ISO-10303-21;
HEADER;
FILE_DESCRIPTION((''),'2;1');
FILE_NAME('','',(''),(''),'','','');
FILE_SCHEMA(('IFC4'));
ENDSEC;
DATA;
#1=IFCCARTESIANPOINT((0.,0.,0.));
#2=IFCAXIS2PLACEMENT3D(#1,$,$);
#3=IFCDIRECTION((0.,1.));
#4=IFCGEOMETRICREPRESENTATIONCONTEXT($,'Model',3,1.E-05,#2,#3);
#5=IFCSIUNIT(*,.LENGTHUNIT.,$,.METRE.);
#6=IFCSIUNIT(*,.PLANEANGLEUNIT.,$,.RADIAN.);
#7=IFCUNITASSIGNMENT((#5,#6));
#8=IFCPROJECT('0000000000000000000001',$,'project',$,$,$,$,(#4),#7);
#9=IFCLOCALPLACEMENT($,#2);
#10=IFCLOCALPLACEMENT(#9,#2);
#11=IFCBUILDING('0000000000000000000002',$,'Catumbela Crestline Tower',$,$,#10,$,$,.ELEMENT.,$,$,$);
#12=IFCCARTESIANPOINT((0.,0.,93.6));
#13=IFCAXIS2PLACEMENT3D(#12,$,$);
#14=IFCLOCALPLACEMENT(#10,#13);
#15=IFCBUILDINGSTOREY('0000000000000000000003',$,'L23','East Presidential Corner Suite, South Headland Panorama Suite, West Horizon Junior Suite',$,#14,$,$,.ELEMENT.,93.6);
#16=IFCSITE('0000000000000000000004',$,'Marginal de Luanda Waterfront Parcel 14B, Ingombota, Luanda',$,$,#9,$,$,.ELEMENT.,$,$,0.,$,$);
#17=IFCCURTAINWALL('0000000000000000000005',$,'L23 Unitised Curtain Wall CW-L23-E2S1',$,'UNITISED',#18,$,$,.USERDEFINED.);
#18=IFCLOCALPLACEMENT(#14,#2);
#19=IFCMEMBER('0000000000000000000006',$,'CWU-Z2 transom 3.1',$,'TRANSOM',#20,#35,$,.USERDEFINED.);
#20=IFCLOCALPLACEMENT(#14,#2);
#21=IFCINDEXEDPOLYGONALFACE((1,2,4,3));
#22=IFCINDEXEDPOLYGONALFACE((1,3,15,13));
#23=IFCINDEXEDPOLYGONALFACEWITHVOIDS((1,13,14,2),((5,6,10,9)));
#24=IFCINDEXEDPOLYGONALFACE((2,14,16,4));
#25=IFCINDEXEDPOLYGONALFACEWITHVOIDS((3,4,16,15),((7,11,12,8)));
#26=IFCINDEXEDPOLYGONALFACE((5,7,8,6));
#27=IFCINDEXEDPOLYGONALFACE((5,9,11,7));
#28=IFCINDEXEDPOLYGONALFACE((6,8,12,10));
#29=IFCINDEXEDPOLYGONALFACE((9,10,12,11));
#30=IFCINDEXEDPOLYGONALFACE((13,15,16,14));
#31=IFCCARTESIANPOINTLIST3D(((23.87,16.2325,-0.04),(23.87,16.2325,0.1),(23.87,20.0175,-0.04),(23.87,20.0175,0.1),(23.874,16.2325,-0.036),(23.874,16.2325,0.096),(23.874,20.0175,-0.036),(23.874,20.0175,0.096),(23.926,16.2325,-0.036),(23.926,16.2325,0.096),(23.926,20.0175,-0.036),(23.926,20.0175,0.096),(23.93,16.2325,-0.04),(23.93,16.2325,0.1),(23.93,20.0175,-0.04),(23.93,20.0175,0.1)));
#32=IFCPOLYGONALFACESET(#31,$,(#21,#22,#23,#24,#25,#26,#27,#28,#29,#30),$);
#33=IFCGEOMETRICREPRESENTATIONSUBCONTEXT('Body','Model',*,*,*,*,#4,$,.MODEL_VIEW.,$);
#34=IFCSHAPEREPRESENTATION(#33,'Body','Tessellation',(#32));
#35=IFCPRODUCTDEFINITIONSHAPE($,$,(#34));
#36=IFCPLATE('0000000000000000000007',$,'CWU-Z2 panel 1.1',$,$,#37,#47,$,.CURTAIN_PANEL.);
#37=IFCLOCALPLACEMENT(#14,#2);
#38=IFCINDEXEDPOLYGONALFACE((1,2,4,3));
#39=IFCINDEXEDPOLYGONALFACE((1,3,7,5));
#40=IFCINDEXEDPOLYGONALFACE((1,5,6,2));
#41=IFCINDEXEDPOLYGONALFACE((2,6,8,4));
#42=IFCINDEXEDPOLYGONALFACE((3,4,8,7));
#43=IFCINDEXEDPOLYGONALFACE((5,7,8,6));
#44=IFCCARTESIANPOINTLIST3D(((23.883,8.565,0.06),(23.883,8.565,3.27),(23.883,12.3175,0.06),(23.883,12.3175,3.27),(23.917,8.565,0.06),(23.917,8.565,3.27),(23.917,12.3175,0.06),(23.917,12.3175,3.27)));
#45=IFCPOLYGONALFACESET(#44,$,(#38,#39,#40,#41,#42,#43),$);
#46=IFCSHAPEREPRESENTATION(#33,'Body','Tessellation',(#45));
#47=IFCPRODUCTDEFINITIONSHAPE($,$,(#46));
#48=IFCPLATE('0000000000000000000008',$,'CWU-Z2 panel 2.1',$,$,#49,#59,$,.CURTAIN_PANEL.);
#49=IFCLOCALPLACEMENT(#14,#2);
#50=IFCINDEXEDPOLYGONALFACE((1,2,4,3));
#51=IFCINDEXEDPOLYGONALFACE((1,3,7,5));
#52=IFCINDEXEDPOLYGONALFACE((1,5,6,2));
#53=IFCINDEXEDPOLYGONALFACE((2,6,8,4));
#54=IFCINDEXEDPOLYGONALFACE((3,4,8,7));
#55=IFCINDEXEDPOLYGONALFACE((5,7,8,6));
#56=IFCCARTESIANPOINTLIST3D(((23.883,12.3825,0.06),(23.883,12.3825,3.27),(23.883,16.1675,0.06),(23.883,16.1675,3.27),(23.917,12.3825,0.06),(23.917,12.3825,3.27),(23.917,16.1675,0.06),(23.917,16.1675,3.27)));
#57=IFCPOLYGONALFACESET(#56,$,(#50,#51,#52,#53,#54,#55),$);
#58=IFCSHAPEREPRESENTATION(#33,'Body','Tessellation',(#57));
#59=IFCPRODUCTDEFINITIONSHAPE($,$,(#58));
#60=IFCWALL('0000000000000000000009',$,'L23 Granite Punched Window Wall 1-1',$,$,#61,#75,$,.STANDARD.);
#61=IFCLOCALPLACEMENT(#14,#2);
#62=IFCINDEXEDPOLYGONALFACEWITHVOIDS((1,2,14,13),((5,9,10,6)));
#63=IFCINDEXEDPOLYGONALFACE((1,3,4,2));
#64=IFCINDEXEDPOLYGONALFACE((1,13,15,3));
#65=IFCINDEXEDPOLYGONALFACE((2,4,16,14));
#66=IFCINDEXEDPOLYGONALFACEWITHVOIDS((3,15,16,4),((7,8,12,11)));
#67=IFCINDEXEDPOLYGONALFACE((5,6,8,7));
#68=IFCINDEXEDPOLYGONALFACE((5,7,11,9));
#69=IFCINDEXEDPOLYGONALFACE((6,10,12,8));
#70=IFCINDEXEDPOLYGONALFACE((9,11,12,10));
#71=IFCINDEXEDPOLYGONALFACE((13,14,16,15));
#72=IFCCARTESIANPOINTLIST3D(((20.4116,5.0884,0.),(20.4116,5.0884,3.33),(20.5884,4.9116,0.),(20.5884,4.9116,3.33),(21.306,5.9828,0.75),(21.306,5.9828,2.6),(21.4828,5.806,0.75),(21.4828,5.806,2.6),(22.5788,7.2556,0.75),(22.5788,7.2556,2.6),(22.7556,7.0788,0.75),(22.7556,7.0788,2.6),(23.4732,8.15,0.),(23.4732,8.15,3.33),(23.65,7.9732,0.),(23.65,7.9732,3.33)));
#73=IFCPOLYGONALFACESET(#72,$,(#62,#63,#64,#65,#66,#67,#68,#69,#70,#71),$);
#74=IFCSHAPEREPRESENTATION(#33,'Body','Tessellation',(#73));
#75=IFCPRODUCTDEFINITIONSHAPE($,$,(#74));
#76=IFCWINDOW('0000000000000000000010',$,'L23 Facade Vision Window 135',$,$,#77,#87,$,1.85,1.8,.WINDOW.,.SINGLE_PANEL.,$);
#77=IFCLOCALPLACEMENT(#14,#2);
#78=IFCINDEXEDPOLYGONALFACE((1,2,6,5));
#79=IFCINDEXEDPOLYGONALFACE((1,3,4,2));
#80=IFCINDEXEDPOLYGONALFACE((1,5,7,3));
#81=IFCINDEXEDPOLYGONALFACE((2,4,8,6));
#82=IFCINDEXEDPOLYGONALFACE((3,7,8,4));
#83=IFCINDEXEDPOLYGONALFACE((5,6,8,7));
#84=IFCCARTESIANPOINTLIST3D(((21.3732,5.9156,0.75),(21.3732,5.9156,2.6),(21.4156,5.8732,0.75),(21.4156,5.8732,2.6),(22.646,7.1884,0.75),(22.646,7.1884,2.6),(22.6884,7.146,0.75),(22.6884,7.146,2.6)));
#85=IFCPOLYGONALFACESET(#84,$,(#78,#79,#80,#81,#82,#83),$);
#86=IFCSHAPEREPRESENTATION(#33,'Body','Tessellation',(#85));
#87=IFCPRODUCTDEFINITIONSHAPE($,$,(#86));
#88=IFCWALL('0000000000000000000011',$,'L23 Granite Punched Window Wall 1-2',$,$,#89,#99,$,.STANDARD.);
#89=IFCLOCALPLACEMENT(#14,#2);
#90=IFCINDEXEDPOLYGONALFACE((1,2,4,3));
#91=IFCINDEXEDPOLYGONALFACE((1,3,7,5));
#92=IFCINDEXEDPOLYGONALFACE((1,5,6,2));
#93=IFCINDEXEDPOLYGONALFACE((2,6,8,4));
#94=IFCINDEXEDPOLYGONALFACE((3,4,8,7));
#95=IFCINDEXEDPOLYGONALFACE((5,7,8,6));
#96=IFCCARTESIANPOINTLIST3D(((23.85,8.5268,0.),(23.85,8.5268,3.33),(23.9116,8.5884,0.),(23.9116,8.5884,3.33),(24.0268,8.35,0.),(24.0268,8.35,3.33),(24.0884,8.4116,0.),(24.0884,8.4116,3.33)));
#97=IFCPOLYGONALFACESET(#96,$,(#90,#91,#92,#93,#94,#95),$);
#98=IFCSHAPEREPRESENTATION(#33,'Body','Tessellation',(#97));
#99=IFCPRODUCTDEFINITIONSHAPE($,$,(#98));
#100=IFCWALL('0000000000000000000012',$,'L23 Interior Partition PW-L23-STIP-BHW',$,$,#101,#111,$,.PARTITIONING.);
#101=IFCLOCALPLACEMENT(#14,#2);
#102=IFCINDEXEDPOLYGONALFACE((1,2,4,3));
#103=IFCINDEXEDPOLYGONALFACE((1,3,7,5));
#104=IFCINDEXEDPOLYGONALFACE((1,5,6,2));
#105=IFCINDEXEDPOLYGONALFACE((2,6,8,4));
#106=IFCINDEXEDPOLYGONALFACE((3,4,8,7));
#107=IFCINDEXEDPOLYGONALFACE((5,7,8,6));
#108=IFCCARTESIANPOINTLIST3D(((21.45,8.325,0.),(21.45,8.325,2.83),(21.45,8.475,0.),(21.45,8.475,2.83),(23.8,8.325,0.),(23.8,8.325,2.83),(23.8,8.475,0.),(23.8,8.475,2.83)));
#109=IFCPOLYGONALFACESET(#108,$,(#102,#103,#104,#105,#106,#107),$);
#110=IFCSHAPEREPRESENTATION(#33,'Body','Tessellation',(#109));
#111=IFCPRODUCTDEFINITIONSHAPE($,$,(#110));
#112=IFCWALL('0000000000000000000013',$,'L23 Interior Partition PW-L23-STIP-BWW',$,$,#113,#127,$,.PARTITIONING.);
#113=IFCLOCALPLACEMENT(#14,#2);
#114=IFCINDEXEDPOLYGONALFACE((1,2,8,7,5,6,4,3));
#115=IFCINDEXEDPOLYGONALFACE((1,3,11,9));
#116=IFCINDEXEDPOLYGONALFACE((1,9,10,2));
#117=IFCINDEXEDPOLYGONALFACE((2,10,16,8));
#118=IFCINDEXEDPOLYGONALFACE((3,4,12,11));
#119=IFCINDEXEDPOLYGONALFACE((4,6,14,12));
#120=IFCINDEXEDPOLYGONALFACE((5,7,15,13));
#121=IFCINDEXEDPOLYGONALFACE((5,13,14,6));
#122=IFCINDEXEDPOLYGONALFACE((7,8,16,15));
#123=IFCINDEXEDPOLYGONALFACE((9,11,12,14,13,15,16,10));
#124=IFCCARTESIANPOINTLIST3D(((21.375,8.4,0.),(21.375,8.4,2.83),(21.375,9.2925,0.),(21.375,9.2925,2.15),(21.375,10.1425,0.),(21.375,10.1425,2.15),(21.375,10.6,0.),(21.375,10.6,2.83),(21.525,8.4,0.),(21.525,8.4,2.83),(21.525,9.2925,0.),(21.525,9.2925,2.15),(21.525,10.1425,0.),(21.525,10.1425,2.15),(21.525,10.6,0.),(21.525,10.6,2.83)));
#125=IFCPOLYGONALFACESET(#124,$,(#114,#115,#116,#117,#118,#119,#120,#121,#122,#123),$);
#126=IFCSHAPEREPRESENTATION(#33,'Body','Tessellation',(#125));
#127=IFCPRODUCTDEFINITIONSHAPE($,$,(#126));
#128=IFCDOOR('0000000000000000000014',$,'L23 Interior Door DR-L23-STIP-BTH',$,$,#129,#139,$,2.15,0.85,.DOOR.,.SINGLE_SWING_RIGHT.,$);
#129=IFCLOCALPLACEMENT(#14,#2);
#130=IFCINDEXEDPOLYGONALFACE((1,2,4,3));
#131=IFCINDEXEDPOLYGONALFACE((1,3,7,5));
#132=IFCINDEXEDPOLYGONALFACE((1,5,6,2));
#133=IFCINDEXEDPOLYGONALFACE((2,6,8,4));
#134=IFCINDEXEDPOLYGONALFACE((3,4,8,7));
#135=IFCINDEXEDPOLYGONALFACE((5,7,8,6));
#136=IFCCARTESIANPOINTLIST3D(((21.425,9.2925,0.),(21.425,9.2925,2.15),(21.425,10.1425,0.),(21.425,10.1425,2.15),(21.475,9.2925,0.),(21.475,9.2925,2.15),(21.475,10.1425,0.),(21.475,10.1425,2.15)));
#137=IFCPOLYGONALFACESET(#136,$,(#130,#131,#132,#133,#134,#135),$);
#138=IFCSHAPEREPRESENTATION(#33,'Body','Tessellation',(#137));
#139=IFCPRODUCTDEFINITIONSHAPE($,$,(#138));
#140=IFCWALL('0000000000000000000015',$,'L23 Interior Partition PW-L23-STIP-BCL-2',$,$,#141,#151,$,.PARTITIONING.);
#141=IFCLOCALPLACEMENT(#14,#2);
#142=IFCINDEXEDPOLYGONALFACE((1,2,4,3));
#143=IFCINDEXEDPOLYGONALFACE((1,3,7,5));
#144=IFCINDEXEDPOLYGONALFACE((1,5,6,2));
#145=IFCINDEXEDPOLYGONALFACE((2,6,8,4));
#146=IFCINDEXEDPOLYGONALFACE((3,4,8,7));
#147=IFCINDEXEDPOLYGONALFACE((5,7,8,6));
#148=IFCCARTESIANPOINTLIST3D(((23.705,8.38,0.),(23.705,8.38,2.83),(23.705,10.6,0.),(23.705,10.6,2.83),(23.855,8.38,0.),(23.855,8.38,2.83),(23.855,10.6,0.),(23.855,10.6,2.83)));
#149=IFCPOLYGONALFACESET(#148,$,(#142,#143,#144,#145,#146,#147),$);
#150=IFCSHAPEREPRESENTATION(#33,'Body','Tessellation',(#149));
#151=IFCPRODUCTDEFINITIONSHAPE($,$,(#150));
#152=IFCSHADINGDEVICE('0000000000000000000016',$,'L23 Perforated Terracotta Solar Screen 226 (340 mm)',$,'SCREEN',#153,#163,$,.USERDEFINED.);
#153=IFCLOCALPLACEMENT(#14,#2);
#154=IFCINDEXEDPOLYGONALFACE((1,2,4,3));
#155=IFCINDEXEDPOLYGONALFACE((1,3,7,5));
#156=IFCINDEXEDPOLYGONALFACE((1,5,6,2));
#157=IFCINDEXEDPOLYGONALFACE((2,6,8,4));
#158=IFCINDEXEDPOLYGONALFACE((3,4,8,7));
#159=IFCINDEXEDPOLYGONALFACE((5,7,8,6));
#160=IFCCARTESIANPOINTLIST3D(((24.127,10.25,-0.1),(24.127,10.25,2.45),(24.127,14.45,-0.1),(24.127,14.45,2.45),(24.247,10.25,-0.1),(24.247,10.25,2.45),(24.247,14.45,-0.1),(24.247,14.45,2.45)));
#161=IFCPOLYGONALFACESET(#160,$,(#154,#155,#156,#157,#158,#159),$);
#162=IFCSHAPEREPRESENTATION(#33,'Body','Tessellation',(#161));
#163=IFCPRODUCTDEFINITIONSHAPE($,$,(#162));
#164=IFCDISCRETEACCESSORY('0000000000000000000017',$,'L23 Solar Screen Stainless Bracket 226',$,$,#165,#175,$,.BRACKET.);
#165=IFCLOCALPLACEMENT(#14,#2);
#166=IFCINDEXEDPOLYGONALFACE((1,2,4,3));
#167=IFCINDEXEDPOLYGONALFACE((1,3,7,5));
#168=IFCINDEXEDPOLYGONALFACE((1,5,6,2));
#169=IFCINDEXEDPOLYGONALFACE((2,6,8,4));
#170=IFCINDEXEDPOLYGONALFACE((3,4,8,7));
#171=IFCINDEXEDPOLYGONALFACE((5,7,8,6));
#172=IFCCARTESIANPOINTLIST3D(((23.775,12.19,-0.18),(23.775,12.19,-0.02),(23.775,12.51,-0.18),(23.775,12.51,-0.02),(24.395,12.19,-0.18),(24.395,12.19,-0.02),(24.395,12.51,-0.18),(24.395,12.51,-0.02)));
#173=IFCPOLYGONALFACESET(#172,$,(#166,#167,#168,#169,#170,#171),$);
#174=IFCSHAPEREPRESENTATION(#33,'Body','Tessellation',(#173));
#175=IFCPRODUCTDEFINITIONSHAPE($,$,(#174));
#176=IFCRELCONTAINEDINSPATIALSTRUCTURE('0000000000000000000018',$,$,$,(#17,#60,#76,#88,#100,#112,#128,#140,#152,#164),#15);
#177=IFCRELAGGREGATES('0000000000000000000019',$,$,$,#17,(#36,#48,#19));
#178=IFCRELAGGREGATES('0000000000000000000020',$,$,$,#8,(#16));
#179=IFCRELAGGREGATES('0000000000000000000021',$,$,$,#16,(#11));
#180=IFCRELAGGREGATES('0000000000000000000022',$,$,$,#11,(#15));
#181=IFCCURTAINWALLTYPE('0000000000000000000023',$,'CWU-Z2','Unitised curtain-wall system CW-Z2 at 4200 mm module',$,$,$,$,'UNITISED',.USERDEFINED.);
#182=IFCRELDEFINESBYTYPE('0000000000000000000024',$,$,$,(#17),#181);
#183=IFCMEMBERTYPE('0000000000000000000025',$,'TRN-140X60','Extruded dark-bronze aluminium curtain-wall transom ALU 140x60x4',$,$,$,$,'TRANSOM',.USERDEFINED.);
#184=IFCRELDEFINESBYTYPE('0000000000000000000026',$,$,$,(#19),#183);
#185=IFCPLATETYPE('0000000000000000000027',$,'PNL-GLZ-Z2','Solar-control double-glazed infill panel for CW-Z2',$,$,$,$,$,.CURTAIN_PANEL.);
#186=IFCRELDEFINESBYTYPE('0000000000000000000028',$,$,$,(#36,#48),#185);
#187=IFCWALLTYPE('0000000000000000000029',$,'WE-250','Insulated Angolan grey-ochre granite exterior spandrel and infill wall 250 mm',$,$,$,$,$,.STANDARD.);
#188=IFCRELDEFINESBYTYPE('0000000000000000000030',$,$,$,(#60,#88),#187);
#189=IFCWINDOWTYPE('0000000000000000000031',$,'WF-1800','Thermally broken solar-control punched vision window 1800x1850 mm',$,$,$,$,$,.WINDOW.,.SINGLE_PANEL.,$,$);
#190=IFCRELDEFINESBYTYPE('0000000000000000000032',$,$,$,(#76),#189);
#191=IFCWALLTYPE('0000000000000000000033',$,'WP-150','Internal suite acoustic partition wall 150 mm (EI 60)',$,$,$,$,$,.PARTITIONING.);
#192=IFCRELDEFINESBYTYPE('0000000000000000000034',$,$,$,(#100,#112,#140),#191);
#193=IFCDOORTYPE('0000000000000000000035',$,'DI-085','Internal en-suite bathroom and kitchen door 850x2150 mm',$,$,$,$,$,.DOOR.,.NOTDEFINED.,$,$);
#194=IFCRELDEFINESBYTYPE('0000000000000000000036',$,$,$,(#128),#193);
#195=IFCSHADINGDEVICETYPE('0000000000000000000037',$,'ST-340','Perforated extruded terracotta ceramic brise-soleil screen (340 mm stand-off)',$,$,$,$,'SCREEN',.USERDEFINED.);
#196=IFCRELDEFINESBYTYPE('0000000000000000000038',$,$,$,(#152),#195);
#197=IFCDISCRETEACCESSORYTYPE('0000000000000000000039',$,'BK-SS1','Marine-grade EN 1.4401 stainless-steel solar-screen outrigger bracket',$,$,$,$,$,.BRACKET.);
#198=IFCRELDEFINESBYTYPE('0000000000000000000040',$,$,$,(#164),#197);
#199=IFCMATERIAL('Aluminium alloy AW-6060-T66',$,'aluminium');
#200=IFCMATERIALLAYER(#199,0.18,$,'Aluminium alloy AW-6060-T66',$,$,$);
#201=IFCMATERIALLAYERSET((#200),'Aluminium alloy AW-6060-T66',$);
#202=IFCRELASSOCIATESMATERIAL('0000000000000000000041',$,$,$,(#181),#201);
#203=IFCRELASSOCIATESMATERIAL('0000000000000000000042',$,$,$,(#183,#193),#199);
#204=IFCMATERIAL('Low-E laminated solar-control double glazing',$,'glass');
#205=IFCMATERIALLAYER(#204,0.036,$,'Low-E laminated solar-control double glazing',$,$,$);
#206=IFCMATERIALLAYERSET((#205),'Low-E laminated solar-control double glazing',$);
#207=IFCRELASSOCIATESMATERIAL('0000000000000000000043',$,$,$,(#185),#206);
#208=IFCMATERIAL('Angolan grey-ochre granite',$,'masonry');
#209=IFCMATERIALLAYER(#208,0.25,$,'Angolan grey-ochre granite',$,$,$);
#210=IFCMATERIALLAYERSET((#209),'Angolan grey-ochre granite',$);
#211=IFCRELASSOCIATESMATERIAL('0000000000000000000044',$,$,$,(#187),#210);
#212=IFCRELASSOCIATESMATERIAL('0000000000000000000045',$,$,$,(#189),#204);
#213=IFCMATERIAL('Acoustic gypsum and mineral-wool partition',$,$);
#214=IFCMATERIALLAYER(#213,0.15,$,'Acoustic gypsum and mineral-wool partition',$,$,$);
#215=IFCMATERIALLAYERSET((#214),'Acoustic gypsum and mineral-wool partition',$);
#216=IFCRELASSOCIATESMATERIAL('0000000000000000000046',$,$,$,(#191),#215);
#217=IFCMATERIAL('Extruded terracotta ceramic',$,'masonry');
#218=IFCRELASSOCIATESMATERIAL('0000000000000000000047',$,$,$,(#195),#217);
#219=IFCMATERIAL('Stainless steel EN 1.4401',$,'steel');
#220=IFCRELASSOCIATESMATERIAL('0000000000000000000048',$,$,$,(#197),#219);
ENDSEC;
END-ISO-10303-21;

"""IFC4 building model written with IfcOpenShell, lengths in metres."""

from ifc_helpers import new_model, si_unit, direction, frame, frame_2d, origin, origin_2d, place, context, subcontext, project, spatial, rectangle, hollow_rectangle, extrude, material, layer, layer_set, material_profile, profile_set, type_object, element, fill, aggregate, save


model = new_model("IFC4")

# Units and contexts
model_context = context("Model", 3, precision=1e-05, world=origin(), true_north=direction((0.0, 1.0)))
body_context = subcontext(model_context, "Body", "Model", "MODEL_VIEW")
ifc_project = project(units=[si_unit("LENGTHUNIT", "METRE"), si_unit("PLANEANGLEUNIT", "RADIAN")], contexts=[model_context])

# Site, building, storey
site_placement = place(None, origin())
site = spatial("IfcSite", under=ifc_project, at=site_placement, Name="Marginal de Luanda Waterfront Parcel 14B, Ingombota, Luanda", CompositionType="ELEMENT", RefElevation=0.0)
building_placement = place(site_placement, origin())
building = spatial("IfcBuilding", under=site, at=building_placement, Name="Catumbela Crestline Tower", CompositionType="ELEMENT")
storey_placement = place(building_placement, frame((0.0, 0.0, 93.6)))
storey = spatial("IfcBuildingStorey", under=building, at=storey_placement, Name="L23", Description="East Presidential Corner Suite, South Headland Panorama Suite, West Horizon Junior Suite", CompositionType="ELEMENT", Elevation=93.6)

# Shared definitions
ifc_material_1 = material(Name="Aluminium alloy AW-6060-T66", Category="aluminium")
ifc_layer_1 = layer(ifc_material_1, 0.18, Name="Aluminium alloy AW-6060-T66")
ifc_layer_set_1 = layer_set([ifc_layer_1], Name="Aluminium alloy AW-6060-T66")
curtain_wall_type = type_object("IfcCurtainWallType", Name="CWU-Z2", Description="Unitised curtain-wall system CW-Z2 at 4200 mm module", ElementType="UNITISED", PredefinedType="USERDEFINED", material=ifc_layer_set_1)

# Curtain wall
curtain_wall_1_placement = place(storey_placement, origin())
curtain_wall_1 = element("IfcCurtainWall", 1, at=curtain_wall_1_placement, inside=storey, type_object=curtain_wall_type, Name="L23 Unitised Curtain Wall CW-L23-E2S1", ObjectType="UNITISED", PredefinedType="USERDEFINED")

# Member
ifc_material_profile_1 = material_profile(ifc_material_1, hollow_rectangle(XDim=0.06, YDim=0.14, WallThickness=0.004, at=origin_2d()), Name="ALU 140x60x4")
ifc_profile_set_1 = profile_set([ifc_material_profile_1], Name="Aluminium alloy AW-6060-T66")
member_type_1 = type_object("IfcMemberType", Name="TRN-140X60", Description="Extruded dark-bronze aluminium curtain-wall transom ALU 140x60x4", ElementType="TRANSOM", PredefinedType="USERDEFINED", material=ifc_profile_set_1)
member_1_placement = place(storey_placement, frame((23.9, 16.2325, 0.03), z_axis=(0.0, 1.0, 0.0), x_axis=(-1.0, 0.0, 0.0)))
member_1 = element("IfcMember", 2, at=member_1_placement, type_object=member_type_1, Name="CWU-Z2 transom 3.1", ObjectType="TRANSOM", PredefinedType="USERDEFINED", context=body_context, shape_type="SweptSolid", body=[
    extrude(hollow_rectangle(XDim=0.06, YDim=0.14, WallThickness=0.004, at=origin_2d()), origin(), (0.0, 0.0, 1.0), 3.785),
])

# Plates
ifc_material_2 = material(Name="Low-E laminated solar-control double glazing", Category="glass")
ifc_layer_2 = layer(ifc_material_2, 0.036, Name="Low-E laminated solar-control double glazing")
ifc_layer_set_2 = layer_set([ifc_layer_2], Name="Low-E laminated solar-control double glazing")
plate_type = type_object("IfcPlateType", Name="PNL-GLZ-Z2", Description="Solar-control double-glazed infill panel for CW-Z2", PredefinedType="CURTAIN_PANEL", material=ifc_layer_set_2)
plate_1_placement = place(storey_placement, frame((23.9, 10.4412, 0.06), z_axis=(0.0, 0.0, 1.0), x_axis=(0.0, 1.0, 0.0)))
plate_1 = element("IfcPlate", 3, at=plate_1_placement, type_object=plate_type, Name="CWU-Z2 panel 1.1", PredefinedType="CURTAIN_PANEL", context=body_context, shape_type="SweptSolid", body=[
    extrude(rectangle(XDim=3.7525, YDim=0.034, at=origin_2d()), origin(), (0.0, 0.0, 1.0), 3.21),
])
plate_2_placement = place(storey_placement, frame((23.9, 14.275, 0.06), z_axis=(0.0, 0.0, 1.0), x_axis=(0.0, 1.0, 0.0)))
plate_2 = element("IfcPlate", 4, at=plate_2_placement, type_object=plate_type, Name="CWU-Z2 panel 2.1", PredefinedType="CURTAIN_PANEL", context=body_context, shape_type="SweptSolid", body=[
    extrude(rectangle(XDim=3.785, YDim=0.034, at=origin_2d()), origin(), (0.0, 0.0, 1.0), 3.21),
])
aggregate(curtain_wall_1, [plate_1, plate_2, member_1])

# Wall, opening, window
ifc_material_3 = material(Name="Angolan grey-ochre granite", Category="masonry")
ifc_layer_3 = layer(ifc_material_3, 0.25, Name="Angolan grey-ochre granite")
ifc_layer_set_3 = layer_set([ifc_layer_3], Name="Angolan grey-ochre granite")
wall_type_1 = type_object("IfcWallType", Name="WE-250", Description="Insulated Angolan grey-ochre granite exterior spandrel and infill wall 250 mm", PredefinedType="STANDARD", material=ifc_layer_set_3)
wall_1_placement = place(storey_placement, frame((20.5, 5.0, 0.0), z_axis=(0.0, 0.0, 1.0), x_axis=(0.707107, 0.707107, 0.0)))
wall_1 = element("IfcWall", 5, at=wall_1_placement, inside=storey, type_object=wall_type_1, Name="L23 Granite Punched Window Wall 1-1", PredefinedType="STANDARD", context=body_context, shape_type="SweptSolid", body=[
    extrude(rectangle(XDim=4.3298, YDim=0.25, at=frame_2d((2.1649, 0.0))), origin(), (0.0, 0.0, 1.0), 3.33),
])
opening_1_placement = place(wall_1_placement, frame((1.2649, 0.0, 0.75)))
opening_1 = element("IfcOpeningElement", 6, at=opening_1_placement, cuts=wall_1, PredefinedType="OPENING", context=body_context, shape_type="SweptSolid", body=[
    extrude(rectangle(XDim=1.8, YDim=1.85, at=frame_2d((0.9, 0.925))), frame((0.0, 0.135, 0.0), z_axis=(0.0, -1.0, 0.0), x_axis=(1.0, 0.0, 0.0)), (0.0, 0.0, 1.0), 0.27),
])
window_type = type_object("IfcWindowType", Name="WF-1800", Description="Thermally broken solar-control punched vision window 1800x1850 mm", PartitioningType="SINGLE_PANEL", PredefinedType="WINDOW", material=ifc_material_2)
window_placement = place(opening_1_placement, origin())
window = element("IfcWindow", 7, at=window_placement, inside=storey, type_object=window_type, Name="L23 Facade Vision Window 135", OverallHeight=1.85, OverallWidth=1.8, PartitioningType="SINGLE_PANEL", PredefinedType="WINDOW", context=body_context, shape_type="SweptSolid", body=[
    extrude(rectangle(XDim=1.8, YDim=1.85, at=frame_2d((0.9, 0.925))), frame((0.0, 0.03, 0.0), z_axis=(0.0, -1.0, 0.0), x_axis=(1.0, 0.0, 0.0)), (0.0, 0.0, 1.0), 0.06),
])
fill(opening_1, window)

# Walls
wall_2_placement = place(storey_placement, frame((23.9384, 8.4384, 0.0), z_axis=(0.0, 0.0, 1.0), x_axis=(0.707107, 0.707107, 0.0)))
element("IfcWall", 8, at=wall_2_placement, inside=storey, type_object=wall_type_1, Name="L23 Granite Punched Window Wall 1-2", PredefinedType="STANDARD", context=body_context, shape_type="SweptSolid", body=[
    extrude(rectangle(XDim=0.0871, YDim=0.25, at=frame_2d((0.0436, 0.0))), origin(), (0.0, 0.0, 1.0), 3.33),
])
ifc_material_4 = material(Name="Acoustic gypsum and mineral-wool partition")
ifc_layer_4 = layer(ifc_material_4, 0.15, Name="Acoustic gypsum and mineral-wool partition")
ifc_layer_set_4 = layer_set([ifc_layer_4], Name="Acoustic gypsum and mineral-wool partition")
wall_type_2 = type_object("IfcWallType", Name="WP-150", Description="Internal suite acoustic partition wall 150 mm (EI 60)", PredefinedType="PARTITIONING", material=ifc_layer_set_4)
wall_3_placement = place(storey_placement, frame((21.45, 8.4, 0.0), z_axis=(0.0, 0.0, 1.0), x_axis=(1.0, 0.0, 0.0)))
element("IfcWall", 9, at=wall_3_placement, inside=storey, type_object=wall_type_2, Name="L23 Interior Partition PW-L23-STIP-BHW", PredefinedType="PARTITIONING", context=body_context, shape_type="SweptSolid", body=[
    extrude(rectangle(XDim=2.35, YDim=0.15, at=frame_2d((1.175, 0.0))), origin(), (0.0, 0.0, 1.0), 2.83),
])

# Wall, opening, door
wall_4_placement = place(storey_placement, frame((21.45, 8.4, 0.0), z_axis=(0.0, 0.0, 1.0), x_axis=(0.0, 1.0, 0.0)))
wall_4 = element("IfcWall", 10, at=wall_4_placement, inside=storey, type_object=wall_type_2, Name="L23 Interior Partition PW-L23-STIP-BWW", PredefinedType="PARTITIONING", context=body_context, shape_type="SweptSolid", body=[
    extrude(rectangle(XDim=2.2, YDim=0.15, at=frame_2d((1.1, 0.0))), origin(), (0.0, 0.0, 1.0), 2.83),
])
opening_2_placement = place(wall_4_placement, frame((0.8925, 0.0, 0.0)))
opening_2 = element("IfcOpeningElement", 11, at=opening_2_placement, cuts=wall_4, PredefinedType="OPENING", context=body_context, shape_type="SweptSolid", body=[
    extrude(rectangle(XDim=0.85, YDim=2.15, at=frame_2d((0.425, 1.075))), frame((0.0, 0.085, 0.0), z_axis=(0.0, -1.0, 0.0), x_axis=(1.0, 0.0, 0.0)), (0.0, 0.0, 1.0), 0.17),
])
door_type = type_object("IfcDoorType", Name="DI-085", Description="Internal en-suite bathroom and kitchen door 850x2150 mm", OperationType="NOTDEFINED", PredefinedType="DOOR", material=ifc_material_1)
door_placement = place(opening_2_placement, origin())
door = element("IfcDoor", 12, at=door_placement, inside=storey, type_object=door_type, Name="L23 Interior Door DR-L23-STIP-BTH", OperationType="SINGLE_SWING_RIGHT", OverallHeight=2.15, OverallWidth=0.85, PredefinedType="DOOR", context=body_context, shape_type="SweptSolid", body=[
    extrude(rectangle(XDim=0.85, YDim=2.15, at=frame_2d((0.425, 1.075))), frame((0.0, 0.025, 0.0), z_axis=(0.0, -1.0, 0.0), x_axis=(1.0, 0.0, 0.0)), (0.0, 0.0, 1.0), 0.05),
])
fill(opening_2, door)

# Wall
wall_5_placement = place(storey_placement, frame((23.78, 10.6, 0.0), z_axis=(0.0, 0.0, 1.0), x_axis=(0.0, -1.0, 0.0)))
element("IfcWall", 13, at=wall_5_placement, inside=storey, type_object=wall_type_2, Name="L23 Interior Partition PW-L23-STIP-BCL-2", PredefinedType="PARTITIONING", context=body_context, shape_type="SweptSolid", body=[
    extrude(rectangle(XDim=2.22, YDim=0.15, at=frame_2d((1.11, 0.0))), origin(), (0.0, 0.0, 1.0), 2.83),
])

# Shading device
ifc_material_5 = material(Name="Extruded terracotta ceramic", Category="masonry")
shading_device_type = type_object("IfcShadingDeviceType", Name="ST-340", Description="Perforated extruded terracotta ceramic brise-soleil screen (340 mm stand-off)", ElementType="SCREEN", PredefinedType="USERDEFINED", material=ifc_material_5)
shading_device_placement = place(storey_placement, frame((24.187, 12.35, -0.1), z_axis=(0.0, 0.0, 1.0), x_axis=(0.0, 1.0, 0.0)))
element("IfcShadingDevice", 14, at=shading_device_placement, inside=storey, type_object=shading_device_type, Name="L23 Perforated Terracotta Solar Screen 226 (340 mm)", ObjectType="SCREEN", PredefinedType="USERDEFINED", context=body_context, shape_type="SweptSolid", body=[
    extrude(rectangle(XDim=4.2, YDim=0.12, at=origin_2d()), origin(), (0.0, 0.0, 1.0), 2.55),
])

# Discrete accessory
ifc_material_6 = material(Name="Stainless steel EN 1.4401", Category="steel")
discrete_accessory_type = type_object("IfcDiscreteAccessoryType", Name="BK-SS1", Description="Marine-grade EN 1.4401 stainless-steel solar-screen outrigger bracket", PredefinedType="BRACKET", material=ifc_material_6)
discrete_accessory_placement = place(storey_placement, frame((24.085, 12.35, -0.18), z_axis=(0.0, 0.0, 1.0), x_axis=(0.0, 1.0, 0.0)))
element("IfcDiscreteAccessory", 15, at=discrete_accessory_placement, inside=storey, type_object=discrete_accessory_type, Name="L23 Solar Screen Stainless Bracket 226", PredefinedType="BRACKET", context=body_context, shape_type="SweptSolid", body=[
    extrude(rectangle(XDim=0.32, YDim=0.62, at=origin_2d()), origin(), (0.0, 0.0, 1.0), 0.16),
])

save(model, "model.ifc")
